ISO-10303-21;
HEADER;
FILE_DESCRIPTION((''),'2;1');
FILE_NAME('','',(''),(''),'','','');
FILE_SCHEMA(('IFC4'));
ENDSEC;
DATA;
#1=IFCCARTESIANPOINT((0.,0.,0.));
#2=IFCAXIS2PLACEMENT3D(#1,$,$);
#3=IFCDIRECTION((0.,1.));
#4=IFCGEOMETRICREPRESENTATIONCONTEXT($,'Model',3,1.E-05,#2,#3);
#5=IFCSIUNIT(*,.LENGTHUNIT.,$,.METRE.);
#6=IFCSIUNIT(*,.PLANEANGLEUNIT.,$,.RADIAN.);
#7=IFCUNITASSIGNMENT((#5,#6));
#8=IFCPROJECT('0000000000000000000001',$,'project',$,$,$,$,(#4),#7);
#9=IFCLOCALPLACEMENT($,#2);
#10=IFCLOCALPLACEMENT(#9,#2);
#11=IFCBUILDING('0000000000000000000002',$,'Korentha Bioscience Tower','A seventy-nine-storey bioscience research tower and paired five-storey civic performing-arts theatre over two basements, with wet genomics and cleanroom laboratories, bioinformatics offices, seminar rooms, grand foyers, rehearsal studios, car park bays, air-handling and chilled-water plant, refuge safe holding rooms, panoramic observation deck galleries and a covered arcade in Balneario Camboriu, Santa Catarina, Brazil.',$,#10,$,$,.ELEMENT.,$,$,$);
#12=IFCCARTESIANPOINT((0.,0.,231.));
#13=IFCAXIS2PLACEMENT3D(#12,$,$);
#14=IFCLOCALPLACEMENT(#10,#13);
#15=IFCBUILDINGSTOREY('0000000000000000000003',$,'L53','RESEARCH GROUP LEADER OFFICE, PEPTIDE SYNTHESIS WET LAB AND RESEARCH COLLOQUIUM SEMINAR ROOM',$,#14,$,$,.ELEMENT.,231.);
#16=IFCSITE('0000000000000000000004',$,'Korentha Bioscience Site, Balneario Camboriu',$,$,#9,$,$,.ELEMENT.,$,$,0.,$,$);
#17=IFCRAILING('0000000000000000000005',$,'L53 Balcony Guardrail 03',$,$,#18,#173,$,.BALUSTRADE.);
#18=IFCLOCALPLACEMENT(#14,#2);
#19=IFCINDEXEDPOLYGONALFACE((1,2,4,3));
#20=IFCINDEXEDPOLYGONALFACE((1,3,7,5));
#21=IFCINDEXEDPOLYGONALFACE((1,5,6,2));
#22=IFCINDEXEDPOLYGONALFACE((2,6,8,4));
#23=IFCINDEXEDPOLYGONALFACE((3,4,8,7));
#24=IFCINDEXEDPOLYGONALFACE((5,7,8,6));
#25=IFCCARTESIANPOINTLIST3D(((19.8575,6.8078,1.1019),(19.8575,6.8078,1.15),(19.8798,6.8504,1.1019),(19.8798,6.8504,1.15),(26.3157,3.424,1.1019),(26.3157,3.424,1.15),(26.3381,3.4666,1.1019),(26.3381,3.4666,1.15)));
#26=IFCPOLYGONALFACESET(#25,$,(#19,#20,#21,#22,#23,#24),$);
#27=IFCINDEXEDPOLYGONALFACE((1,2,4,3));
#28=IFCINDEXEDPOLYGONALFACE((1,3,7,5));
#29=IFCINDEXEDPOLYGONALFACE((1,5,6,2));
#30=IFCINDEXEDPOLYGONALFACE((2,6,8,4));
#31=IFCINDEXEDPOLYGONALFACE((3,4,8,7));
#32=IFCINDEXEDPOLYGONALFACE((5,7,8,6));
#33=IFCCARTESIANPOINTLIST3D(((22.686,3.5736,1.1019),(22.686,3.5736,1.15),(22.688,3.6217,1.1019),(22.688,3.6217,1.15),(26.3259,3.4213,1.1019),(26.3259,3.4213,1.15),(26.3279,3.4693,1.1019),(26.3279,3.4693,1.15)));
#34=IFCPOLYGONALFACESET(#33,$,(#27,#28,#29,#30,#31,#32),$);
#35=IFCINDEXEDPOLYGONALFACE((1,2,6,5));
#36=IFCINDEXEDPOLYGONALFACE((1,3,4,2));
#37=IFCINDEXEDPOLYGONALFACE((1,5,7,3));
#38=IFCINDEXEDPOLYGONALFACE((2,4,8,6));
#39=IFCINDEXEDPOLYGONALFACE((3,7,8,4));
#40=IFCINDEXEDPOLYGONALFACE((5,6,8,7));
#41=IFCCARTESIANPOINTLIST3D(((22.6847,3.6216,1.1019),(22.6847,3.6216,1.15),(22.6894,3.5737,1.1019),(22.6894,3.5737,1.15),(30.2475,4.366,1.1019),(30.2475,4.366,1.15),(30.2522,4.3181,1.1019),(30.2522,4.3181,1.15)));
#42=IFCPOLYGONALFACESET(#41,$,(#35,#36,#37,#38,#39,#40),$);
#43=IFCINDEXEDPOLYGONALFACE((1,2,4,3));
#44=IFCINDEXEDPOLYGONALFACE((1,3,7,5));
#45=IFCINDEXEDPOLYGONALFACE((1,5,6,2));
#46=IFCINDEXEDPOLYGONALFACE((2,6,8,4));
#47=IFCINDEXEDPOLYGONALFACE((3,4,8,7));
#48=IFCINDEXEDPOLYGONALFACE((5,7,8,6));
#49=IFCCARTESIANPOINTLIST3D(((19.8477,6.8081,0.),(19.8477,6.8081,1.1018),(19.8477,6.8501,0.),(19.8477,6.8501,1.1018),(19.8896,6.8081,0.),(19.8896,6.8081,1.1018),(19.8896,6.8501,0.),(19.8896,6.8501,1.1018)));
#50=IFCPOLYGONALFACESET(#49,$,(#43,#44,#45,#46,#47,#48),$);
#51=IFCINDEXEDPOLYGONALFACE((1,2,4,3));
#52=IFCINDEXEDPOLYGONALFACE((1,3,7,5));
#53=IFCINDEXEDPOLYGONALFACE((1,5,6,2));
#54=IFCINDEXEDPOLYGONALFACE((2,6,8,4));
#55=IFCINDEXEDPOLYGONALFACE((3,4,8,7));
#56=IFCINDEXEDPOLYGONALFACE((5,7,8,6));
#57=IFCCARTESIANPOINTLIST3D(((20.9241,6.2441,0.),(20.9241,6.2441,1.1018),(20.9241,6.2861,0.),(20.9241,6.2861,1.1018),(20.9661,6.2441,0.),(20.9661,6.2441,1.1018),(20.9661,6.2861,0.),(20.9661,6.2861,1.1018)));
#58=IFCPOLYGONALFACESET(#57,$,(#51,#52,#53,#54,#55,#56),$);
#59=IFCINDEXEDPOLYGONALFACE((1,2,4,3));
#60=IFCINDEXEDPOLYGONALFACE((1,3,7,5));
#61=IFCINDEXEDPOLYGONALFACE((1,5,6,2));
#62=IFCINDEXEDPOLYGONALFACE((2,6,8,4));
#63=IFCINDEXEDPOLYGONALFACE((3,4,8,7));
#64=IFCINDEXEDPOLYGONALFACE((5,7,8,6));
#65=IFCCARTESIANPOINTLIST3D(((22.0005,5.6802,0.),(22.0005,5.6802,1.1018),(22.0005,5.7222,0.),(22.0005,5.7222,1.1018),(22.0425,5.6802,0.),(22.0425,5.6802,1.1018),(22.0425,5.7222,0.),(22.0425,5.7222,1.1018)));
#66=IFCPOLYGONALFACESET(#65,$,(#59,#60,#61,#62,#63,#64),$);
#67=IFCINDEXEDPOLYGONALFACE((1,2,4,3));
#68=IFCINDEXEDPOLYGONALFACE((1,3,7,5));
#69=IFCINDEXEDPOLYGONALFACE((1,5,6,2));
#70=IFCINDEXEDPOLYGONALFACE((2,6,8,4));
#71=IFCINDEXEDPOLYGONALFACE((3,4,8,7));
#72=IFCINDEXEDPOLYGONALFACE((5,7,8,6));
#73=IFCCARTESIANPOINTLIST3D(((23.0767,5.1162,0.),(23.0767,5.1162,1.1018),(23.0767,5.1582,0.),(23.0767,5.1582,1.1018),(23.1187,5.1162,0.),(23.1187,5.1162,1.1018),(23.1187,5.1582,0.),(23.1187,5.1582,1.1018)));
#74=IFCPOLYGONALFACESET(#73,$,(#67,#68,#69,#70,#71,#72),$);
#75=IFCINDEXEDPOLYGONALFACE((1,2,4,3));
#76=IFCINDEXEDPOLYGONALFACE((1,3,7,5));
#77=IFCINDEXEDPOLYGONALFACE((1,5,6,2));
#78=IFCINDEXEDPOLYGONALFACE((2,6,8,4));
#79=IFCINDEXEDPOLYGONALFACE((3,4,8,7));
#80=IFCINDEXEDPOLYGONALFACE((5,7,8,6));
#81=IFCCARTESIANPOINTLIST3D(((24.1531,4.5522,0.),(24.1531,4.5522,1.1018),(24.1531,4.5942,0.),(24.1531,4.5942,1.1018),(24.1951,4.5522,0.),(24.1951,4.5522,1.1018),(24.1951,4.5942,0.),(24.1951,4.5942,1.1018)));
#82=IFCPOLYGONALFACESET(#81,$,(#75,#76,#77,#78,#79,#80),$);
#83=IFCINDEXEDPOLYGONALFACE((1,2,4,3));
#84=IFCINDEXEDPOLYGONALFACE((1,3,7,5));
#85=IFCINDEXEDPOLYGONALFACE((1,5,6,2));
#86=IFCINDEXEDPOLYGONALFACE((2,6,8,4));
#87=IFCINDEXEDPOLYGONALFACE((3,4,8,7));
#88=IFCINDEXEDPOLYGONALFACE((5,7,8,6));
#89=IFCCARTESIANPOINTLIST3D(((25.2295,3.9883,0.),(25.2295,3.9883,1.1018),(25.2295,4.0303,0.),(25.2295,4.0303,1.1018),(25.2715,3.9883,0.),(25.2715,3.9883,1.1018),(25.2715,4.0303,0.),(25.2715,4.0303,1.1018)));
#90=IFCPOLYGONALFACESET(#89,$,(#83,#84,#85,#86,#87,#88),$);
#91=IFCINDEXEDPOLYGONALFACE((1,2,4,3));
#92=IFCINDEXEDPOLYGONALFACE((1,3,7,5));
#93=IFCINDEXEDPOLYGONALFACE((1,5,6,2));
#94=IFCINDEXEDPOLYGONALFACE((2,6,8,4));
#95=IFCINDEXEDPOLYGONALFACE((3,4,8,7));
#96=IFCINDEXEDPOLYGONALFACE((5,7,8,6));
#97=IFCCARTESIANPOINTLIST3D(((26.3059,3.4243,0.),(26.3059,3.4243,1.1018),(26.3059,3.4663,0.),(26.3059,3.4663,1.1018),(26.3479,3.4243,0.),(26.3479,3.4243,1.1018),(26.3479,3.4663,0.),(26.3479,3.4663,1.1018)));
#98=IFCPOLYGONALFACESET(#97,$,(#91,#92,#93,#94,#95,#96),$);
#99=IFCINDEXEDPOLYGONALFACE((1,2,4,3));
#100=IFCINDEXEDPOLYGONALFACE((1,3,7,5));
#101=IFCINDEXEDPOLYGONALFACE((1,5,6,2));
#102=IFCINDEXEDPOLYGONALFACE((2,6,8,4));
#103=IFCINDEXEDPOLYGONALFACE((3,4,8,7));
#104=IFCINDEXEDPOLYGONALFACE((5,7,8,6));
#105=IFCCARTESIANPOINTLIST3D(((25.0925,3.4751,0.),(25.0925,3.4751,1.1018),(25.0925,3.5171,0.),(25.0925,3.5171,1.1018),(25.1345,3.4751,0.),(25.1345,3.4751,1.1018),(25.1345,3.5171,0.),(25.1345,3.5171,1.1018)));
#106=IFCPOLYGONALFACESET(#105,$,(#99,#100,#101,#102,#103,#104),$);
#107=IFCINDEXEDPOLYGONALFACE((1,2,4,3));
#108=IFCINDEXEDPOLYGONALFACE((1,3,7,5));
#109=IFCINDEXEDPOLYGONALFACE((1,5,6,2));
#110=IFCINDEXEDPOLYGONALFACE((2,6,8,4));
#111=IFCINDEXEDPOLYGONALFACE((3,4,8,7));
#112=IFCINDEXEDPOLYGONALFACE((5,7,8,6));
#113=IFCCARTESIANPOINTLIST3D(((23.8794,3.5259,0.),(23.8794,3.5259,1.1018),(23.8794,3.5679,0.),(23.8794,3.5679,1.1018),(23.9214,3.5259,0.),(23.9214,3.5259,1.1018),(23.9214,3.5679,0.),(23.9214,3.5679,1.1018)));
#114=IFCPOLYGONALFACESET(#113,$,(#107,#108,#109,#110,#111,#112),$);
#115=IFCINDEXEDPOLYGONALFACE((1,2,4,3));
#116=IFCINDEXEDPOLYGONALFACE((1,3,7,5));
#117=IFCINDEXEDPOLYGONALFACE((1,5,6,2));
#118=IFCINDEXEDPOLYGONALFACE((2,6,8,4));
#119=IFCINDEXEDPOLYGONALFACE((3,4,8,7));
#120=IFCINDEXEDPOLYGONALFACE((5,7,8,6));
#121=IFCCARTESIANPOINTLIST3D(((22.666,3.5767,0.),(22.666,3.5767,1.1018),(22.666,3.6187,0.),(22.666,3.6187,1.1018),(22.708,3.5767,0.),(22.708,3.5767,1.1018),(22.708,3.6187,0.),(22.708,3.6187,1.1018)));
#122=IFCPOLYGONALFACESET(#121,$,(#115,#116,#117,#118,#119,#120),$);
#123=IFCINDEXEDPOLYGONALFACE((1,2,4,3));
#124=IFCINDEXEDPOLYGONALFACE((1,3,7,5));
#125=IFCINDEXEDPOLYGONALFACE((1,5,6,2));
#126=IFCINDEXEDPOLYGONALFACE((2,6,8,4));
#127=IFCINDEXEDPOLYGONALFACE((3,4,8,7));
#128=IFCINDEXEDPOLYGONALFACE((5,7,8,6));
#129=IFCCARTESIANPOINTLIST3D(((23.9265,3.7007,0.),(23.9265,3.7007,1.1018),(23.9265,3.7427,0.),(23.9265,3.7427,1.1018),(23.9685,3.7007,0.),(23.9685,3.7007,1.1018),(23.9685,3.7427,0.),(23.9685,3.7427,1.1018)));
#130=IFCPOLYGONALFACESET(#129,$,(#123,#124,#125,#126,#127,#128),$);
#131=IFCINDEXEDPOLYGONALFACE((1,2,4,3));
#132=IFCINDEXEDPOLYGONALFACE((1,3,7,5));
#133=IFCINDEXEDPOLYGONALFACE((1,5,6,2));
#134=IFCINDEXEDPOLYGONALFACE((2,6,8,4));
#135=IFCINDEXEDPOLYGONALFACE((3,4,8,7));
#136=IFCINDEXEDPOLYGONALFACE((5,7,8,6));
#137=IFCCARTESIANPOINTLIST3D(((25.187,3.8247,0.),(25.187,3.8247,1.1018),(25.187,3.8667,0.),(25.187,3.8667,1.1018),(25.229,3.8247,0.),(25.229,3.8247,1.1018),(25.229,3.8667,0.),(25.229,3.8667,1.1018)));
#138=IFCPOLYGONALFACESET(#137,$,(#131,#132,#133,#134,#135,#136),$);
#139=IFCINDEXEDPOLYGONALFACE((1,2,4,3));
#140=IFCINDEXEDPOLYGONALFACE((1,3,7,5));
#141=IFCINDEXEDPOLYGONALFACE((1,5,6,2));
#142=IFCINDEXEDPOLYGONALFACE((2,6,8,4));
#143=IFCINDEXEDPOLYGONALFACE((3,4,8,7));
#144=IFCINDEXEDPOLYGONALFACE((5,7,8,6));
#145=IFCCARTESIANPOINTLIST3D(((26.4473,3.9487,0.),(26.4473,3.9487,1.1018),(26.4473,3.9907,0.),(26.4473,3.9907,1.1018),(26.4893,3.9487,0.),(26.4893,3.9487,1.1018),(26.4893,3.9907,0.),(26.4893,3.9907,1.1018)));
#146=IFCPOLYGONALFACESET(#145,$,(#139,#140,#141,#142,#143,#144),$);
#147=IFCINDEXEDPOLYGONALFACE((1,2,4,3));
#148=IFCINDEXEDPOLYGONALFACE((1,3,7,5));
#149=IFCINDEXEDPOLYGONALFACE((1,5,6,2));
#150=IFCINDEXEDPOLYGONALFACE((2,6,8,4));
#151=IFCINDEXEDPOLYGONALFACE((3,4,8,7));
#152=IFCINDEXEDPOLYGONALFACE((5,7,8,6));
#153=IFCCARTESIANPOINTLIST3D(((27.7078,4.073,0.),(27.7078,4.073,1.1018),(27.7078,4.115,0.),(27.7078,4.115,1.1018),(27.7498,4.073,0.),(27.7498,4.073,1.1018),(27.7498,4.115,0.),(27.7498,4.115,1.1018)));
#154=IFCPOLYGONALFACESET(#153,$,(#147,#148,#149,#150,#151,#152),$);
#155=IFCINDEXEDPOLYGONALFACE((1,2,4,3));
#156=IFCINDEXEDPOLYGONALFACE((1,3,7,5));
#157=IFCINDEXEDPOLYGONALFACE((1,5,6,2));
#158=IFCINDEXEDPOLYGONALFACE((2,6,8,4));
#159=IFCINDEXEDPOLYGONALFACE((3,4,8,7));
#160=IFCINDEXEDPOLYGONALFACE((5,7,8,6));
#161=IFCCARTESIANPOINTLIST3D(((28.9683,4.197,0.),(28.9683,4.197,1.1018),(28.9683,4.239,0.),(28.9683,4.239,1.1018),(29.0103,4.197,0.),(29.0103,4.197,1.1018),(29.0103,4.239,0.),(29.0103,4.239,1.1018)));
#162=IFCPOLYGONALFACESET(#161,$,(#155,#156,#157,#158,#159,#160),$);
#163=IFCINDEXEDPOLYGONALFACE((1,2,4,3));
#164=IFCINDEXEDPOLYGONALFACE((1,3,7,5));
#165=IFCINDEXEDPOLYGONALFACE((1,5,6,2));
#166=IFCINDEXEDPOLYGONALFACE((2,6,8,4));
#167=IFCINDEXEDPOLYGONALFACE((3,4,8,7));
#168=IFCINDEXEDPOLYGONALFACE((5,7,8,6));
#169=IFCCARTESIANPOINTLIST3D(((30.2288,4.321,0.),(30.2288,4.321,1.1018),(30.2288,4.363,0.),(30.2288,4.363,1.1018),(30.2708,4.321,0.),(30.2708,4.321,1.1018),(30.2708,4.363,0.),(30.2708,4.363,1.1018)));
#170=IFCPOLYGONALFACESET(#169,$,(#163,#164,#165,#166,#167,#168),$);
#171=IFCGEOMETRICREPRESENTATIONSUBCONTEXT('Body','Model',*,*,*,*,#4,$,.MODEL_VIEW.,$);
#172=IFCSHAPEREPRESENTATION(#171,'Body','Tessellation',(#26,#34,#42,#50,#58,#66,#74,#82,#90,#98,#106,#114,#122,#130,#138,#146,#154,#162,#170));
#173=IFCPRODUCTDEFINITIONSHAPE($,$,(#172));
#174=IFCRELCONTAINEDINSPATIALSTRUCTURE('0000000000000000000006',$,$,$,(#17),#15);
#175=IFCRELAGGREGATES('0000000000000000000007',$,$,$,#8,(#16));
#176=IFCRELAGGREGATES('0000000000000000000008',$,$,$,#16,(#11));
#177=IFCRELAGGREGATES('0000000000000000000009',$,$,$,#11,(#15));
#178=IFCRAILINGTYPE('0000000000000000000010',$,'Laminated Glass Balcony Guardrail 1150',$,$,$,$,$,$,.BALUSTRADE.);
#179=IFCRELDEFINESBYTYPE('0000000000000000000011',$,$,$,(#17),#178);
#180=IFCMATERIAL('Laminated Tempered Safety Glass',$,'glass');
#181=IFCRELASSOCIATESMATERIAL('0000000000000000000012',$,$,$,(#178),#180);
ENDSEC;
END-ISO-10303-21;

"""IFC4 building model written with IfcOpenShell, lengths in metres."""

from ifc_helpers import new_model, si_unit, direction, frame, origin, origin_2d, place, context, subcontext, project, spatial, rectangle, extrude, material, type_object, element, save


model = new_model("IFC4")

# Units and contexts
model_context = context("Model", 3, precision=1e-05, world=origin(), true_north=direction((0.0, 1.0)))
body_context = subcontext(model_context, "Body", "Model", "MODEL_VIEW")
ifc_project = project(units=[si_unit("LENGTHUNIT", "METRE"), si_unit("PLANEANGLEUNIT", "RADIAN")], contexts=[model_context])

# Site, building, storey
site_placement = place(None, origin())
site = spatial("IfcSite", under=ifc_project, at=site_placement, Name="Korentha Bioscience Site, Balneario Camboriu", CompositionType="ELEMENT", RefElevation=0.0)
building_placement = place(site_placement, origin())
building = spatial("IfcBuilding", under=site, at=building_placement, Name="Korentha Bioscience Tower", Description="A seventy-nine-storey bioscience research tower and paired five-storey civic performing-arts theatre over two basements, with wet genomics and cleanroom laboratories, bioinformatics offices, seminar rooms, grand foyers, rehearsal studios, car park bays, air-handling and chilled-water plant, refuge safe holding rooms, panoramic observation deck galleries and a covered arcade in Balneario Camboriu, Santa Catarina, Brazil.", CompositionType="ELEMENT")
storey_placement = place(building_placement, frame((0.0, 0.0, 231.0)))
storey = spatial("IfcBuildingStorey", under=building, at=storey_placement, Name="L53", Description="RESEARCH GROUP LEADER OFFICE, PEPTIDE SYNTHESIS WET LAB AND RESEARCH COLLOQUIUM SEMINAR ROOM", CompositionType="ELEMENT", Elevation=231.0)

# Railing
ifc_material_1 = material(Name="Laminated Tempered Safety Glass", Category="glass")
railing_type = type_object("IfcRailingType", Name="Laminated Glass Balcony Guardrail 1150", PredefinedType="BALUSTRADE", material=ifc_material_1)
railing_placement = place(storey_placement, frame((19.8687, 6.8291, 0.0)))
element("IfcRailing", 1, at=railing_placement, inside=storey, type_object=railing_type, Name="L53 Balcony Guardrail 03", PredefinedType="BALUSTRADE", context=body_context, shape_type="SweptSolid", body=[
    extrude(rectangle(XDim=0.0481, YDim=0.0481, at=origin_2d()), frame((0.0, 0.0, 1.126), z_axis=(0.885781, -0.464103, 0.0), x_axis=(0.464103, 0.885781, 0.0)), (0.0, 0.0, 1.0), 7.291),
    extrude(rectangle(XDim=0.0481, YDim=0.0481, at=origin_2d()), frame((6.4583, -3.3838, 1.126), z_axis=(-0.999125, 0.041817, 0.0), x_axis=(-0.041817, -0.999125, 0.0)), (0.0, 0.0, 1.0), 3.6431),
    extrude(rectangle(XDim=0.0481, YDim=0.0481, at=origin_2d()), frame((2.8184, -3.2314, 1.126), z_axis=(0.995191, 0.097955, 0.0), x_axis=(-0.097955, 0.995191, 0.0)), (0.0, 0.0, 1.0), 7.5994),
    extrude(rectangle(XDim=0.042, YDim=0.042, at=origin_2d()), origin(), (0.0, 0.0, 1.0), 1.1018),
    extrude(rectangle(XDim=0.042, YDim=0.042, at=origin_2d()), frame((1.0764, -0.564, 0.0)), (0.0, 0.0, 1.0), 1.1018),
    extrude(rectangle(XDim=0.042, YDim=0.042, at=origin_2d()), frame((2.1528, -1.1279, 0.0)), (0.0, 0.0, 1.0), 1.1018),
    extrude(rectangle(XDim=0.042, YDim=0.042, at=origin_2d()), frame((3.229, -1.6919, 0.0)), (0.0, 0.0, 1.0), 1.1018),
    extrude(rectangle(XDim=0.042, YDim=0.042, at=origin_2d()), frame((4.3054, -2.2559, 0.0)), (0.0, 0.0, 1.0), 1.1018),
    extrude(rectangle(XDim=0.042, YDim=0.042, at=origin_2d()), frame((5.3818, -2.8198, 0.0)), (0.0, 0.0, 1.0), 1.1018),
    extrude(rectangle(XDim=0.042, YDim=0.042, at=origin_2d()), frame((6.4583, -3.3838, 0.0)), (0.0, 0.0, 1.0), 1.1018),
    extrude(rectangle(XDim=0.042, YDim=0.042, at=origin_2d()), frame((5.2449, -3.333, 0.0)), (0.0, 0.0, 1.0), 1.1018),
    extrude(rectangle(XDim=0.042, YDim=0.042, at=origin_2d()), frame((4.0317, -3.2822, 0.0)), (0.0, 0.0, 1.0), 1.1018),
    extrude(rectangle(XDim=0.042, YDim=0.042, at=origin_2d()), frame((2.8184, -3.2314, 0.0)), (0.0, 0.0, 1.0), 1.1018),
    extrude(rectangle(XDim=0.042, YDim=0.042, at=origin_2d()), frame((4.0789, -3.1074, 0.0)), (0.0, 0.0, 1.0), 1.1018),
    extrude(rectangle(XDim=0.042, YDim=0.042, at=origin_2d()), frame((5.3394, -2.9834, 0.0)), (0.0, 0.0, 1.0), 1.1018),
    extrude(rectangle(XDim=0.042, YDim=0.042, at=origin_2d()), frame((6.5996, -2.8594, 0.0)), (0.0, 0.0, 1.0), 1.1018),
    extrude(rectangle(XDim=0.042, YDim=0.042, at=origin_2d()), frame((7.8601, -2.7351, 0.0)), (0.0, 0.0, 1.0), 1.1018),
    extrude(rectangle(XDim=0.042, YDim=0.042, at=origin_2d()), frame((9.1206, -2.6111, 0.0)), (0.0, 0.0, 1.0), 1.1018),
    extrude(rectangle(XDim=0.042, YDim=0.042, at=origin_2d()), frame((10.3811, -2.4871, 0.0)), (0.0, 0.0, 1.0), 1.1018),
])

save(model, "model.ifc")
